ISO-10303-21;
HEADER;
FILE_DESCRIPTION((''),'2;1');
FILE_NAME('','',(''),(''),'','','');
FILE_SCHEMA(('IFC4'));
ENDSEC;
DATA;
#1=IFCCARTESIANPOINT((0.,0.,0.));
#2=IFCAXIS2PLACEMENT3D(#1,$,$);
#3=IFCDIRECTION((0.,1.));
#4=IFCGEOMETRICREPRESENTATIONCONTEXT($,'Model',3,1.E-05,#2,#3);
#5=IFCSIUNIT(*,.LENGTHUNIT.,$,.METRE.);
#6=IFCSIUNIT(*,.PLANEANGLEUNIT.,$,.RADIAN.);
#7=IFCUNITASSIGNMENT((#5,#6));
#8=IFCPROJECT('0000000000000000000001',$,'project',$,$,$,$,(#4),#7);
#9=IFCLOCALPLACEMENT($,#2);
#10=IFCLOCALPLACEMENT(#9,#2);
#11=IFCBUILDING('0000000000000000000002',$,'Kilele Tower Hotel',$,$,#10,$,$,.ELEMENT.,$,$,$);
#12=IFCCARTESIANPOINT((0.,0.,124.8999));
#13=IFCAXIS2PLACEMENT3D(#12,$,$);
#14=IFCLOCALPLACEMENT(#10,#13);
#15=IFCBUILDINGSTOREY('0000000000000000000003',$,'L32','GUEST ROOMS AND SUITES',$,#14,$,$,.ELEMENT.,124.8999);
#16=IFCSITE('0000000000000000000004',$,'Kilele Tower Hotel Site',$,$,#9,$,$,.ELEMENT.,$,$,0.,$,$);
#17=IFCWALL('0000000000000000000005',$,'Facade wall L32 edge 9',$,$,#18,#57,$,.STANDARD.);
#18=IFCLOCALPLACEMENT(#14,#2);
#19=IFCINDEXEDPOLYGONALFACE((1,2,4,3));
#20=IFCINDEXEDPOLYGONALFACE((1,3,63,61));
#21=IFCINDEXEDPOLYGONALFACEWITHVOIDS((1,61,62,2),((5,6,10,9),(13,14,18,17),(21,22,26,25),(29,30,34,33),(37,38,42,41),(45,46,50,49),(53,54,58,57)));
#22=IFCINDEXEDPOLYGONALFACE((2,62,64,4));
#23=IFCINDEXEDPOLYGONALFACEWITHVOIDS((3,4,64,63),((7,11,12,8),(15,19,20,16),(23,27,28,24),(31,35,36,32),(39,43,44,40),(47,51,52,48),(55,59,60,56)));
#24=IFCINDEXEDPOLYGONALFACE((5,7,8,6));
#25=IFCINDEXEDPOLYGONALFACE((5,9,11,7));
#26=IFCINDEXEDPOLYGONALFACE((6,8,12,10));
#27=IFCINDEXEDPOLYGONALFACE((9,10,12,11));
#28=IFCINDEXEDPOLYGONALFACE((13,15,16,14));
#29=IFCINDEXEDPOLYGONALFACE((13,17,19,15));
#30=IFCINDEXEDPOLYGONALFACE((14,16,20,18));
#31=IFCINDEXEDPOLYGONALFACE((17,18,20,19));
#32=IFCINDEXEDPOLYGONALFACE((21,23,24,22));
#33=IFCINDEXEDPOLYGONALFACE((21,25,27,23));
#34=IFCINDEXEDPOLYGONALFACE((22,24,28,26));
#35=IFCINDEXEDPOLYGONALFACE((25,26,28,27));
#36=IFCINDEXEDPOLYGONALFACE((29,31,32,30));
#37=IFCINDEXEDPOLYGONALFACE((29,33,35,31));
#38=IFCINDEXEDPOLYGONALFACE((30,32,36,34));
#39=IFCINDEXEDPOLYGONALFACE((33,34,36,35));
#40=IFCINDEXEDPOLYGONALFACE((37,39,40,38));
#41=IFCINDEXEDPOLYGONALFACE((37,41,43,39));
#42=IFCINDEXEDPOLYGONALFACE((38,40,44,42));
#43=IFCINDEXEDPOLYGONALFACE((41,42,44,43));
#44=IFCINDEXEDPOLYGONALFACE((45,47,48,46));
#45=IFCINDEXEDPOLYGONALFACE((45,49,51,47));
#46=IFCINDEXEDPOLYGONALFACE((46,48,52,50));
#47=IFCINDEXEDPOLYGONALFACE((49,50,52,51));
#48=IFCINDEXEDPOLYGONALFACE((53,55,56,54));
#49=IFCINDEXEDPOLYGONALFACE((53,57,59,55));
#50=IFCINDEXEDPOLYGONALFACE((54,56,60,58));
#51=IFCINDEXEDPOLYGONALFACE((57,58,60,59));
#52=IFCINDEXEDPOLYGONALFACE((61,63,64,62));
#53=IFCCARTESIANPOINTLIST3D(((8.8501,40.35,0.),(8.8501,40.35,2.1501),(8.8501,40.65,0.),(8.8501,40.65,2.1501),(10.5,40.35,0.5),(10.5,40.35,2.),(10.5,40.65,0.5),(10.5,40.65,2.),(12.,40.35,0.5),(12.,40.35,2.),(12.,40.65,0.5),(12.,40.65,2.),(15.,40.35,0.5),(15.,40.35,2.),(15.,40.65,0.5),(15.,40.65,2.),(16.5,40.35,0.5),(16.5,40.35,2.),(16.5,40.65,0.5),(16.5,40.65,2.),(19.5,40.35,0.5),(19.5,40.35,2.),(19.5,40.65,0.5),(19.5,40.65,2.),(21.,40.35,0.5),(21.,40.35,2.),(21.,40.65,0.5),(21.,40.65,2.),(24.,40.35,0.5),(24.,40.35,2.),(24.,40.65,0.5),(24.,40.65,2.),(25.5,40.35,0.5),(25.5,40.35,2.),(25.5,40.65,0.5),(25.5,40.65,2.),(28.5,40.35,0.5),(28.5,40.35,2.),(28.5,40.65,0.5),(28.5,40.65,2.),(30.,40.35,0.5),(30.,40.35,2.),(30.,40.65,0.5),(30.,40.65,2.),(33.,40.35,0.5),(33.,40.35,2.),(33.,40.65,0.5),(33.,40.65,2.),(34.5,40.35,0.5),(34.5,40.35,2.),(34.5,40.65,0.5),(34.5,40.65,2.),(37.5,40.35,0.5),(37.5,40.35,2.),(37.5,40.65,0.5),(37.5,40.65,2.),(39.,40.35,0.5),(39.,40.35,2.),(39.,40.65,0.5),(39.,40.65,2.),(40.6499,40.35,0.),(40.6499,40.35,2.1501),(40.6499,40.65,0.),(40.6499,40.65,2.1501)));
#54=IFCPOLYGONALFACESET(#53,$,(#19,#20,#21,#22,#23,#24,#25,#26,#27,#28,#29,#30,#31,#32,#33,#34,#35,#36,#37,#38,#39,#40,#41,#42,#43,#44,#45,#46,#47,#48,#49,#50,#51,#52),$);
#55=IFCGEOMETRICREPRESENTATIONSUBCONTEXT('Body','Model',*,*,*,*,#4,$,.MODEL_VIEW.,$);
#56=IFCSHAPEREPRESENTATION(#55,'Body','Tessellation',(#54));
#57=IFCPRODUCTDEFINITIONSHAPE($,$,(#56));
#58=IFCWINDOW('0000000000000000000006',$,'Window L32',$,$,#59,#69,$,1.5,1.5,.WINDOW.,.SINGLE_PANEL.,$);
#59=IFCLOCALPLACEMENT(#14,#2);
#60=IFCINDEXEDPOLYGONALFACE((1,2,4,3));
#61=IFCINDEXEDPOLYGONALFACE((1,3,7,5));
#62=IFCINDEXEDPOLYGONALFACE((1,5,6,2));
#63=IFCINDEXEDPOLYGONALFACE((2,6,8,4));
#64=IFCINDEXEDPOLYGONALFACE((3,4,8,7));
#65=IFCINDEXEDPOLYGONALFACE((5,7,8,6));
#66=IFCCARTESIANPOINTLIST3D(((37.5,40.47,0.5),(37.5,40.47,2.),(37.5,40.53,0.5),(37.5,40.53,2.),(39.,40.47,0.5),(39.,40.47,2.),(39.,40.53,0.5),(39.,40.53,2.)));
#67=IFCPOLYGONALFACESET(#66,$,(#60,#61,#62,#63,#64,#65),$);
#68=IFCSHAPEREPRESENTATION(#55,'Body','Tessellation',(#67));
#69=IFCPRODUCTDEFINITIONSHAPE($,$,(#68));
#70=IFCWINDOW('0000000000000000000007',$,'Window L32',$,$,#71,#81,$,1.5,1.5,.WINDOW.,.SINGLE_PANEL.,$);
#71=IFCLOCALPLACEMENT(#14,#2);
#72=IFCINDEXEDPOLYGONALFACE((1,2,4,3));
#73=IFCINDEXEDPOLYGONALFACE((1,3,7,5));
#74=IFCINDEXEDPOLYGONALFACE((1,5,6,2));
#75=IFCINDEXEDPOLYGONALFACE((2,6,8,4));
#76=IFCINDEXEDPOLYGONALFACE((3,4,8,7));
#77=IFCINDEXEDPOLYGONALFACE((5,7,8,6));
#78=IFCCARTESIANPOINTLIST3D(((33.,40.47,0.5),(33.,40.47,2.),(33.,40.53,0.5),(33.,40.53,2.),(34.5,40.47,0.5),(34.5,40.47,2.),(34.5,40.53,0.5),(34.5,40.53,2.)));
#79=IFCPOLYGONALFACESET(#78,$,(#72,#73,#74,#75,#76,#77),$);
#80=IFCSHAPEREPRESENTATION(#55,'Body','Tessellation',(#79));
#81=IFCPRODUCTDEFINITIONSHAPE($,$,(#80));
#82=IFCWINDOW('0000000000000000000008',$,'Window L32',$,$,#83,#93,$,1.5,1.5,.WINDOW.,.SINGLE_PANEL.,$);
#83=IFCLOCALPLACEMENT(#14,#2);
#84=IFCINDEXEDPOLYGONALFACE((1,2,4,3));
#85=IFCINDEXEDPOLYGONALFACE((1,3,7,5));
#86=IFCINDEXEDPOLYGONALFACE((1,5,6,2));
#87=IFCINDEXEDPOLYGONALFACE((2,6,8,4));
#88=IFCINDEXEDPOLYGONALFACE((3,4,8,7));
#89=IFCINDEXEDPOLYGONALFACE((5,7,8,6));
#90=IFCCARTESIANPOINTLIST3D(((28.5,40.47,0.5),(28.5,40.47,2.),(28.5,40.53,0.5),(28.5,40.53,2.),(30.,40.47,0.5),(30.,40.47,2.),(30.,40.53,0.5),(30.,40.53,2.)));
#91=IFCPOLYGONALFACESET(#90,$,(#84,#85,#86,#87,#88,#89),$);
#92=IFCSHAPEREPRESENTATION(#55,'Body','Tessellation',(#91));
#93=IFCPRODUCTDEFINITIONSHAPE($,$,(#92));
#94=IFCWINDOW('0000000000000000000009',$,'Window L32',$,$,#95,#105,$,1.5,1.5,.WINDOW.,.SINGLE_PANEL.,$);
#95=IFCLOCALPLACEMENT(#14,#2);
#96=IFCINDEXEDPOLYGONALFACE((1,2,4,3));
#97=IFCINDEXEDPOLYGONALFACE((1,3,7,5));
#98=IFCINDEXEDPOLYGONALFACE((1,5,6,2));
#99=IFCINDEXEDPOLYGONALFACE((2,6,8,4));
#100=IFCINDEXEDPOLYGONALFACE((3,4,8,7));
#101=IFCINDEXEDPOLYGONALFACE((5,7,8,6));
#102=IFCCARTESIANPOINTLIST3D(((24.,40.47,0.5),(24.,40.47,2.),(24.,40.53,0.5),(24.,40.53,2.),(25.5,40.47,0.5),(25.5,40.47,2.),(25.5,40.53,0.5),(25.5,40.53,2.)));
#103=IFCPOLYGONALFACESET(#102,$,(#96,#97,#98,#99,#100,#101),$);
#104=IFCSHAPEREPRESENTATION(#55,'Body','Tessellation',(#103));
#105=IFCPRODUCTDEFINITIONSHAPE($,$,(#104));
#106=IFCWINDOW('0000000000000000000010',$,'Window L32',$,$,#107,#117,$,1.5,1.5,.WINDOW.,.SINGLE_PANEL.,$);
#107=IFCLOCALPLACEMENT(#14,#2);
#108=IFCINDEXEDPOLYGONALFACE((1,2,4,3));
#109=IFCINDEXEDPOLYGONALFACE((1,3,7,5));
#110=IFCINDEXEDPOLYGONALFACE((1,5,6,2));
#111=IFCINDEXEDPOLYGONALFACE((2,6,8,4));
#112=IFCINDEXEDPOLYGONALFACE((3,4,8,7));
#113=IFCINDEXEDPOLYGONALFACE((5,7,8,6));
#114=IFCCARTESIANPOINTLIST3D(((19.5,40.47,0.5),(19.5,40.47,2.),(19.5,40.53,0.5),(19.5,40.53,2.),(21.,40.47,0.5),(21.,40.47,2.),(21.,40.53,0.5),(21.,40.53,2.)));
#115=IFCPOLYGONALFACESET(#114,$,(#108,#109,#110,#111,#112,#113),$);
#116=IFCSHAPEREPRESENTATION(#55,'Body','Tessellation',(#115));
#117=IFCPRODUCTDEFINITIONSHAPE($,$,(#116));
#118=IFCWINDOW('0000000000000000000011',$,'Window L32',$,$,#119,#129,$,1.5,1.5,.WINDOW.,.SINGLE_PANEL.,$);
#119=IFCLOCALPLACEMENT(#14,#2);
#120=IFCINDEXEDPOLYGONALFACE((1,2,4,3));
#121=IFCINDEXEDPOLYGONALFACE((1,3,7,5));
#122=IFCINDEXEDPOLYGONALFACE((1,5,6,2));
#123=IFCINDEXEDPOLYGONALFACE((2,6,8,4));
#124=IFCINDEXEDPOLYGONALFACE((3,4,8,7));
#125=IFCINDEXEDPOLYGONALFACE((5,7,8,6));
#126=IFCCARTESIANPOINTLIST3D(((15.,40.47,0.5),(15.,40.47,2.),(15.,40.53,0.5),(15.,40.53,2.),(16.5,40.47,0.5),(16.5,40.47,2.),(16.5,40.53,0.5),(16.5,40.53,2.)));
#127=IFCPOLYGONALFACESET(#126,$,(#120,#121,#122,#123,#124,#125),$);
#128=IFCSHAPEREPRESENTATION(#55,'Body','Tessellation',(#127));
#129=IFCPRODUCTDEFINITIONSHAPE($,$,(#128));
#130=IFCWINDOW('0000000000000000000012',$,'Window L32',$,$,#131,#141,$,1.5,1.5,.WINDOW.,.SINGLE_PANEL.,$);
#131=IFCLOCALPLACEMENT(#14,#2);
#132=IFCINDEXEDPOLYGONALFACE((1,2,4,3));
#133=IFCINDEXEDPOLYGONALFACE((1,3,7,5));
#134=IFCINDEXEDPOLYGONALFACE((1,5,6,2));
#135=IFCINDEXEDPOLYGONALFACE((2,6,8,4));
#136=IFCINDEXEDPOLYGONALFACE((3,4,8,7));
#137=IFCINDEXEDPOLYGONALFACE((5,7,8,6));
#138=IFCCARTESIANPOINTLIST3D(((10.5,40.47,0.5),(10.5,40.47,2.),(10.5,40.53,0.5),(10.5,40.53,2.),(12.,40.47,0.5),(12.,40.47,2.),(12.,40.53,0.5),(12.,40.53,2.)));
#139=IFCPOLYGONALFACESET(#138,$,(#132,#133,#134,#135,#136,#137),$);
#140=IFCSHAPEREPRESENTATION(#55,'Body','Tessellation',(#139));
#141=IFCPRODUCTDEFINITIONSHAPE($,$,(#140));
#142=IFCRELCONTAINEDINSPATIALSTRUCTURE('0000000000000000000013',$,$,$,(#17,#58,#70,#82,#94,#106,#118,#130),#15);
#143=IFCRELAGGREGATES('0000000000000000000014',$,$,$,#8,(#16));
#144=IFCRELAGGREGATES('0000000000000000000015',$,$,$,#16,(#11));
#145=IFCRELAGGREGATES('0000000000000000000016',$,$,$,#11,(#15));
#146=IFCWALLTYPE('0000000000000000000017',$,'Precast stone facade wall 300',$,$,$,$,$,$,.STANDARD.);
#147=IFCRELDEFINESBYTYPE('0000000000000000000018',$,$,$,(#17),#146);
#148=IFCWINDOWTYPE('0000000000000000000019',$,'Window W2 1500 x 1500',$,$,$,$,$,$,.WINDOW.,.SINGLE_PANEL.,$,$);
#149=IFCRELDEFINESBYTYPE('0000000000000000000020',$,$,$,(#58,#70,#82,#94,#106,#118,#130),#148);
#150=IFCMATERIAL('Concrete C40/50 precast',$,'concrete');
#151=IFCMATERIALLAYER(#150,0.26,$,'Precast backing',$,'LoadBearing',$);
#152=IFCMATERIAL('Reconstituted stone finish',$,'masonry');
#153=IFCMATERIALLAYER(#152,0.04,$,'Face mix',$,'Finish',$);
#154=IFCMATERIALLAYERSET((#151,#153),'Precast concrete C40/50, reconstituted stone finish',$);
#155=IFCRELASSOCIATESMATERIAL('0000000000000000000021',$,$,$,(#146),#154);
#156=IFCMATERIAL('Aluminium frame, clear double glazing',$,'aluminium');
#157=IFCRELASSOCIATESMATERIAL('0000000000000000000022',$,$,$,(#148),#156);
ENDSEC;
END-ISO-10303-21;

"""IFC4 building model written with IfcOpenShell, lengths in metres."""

from ifc_helpers import new_model, si_unit, direction, frame, frame_2d, origin, place, context, subcontext, project, spatial, rectangle, extrude, material, layer, layer_set, type_object, element, fill, save


model = new_model("IFC4")

# Units and contexts
model_context = context("Model", 3, precision=1e-05, world=origin(), true_north=direction((0.0, 1.0)))
body_context = subcontext(model_context, "Body", "Model", "MODEL_VIEW")
ifc_project = project(units=[si_unit("LENGTHUNIT", "METRE"), si_unit("PLANEANGLEUNIT", "RADIAN")], contexts=[model_context])

# Site, building, storey
site_placement = place(None, origin())
site = spatial("IfcSite", under=ifc_project, at=site_placement, Name="Kilele Tower Hotel Site", CompositionType="ELEMENT", RefElevation=0.0)
building_placement = place(site_placement, origin())
building = spatial("IfcBuilding", under=site, at=building_placement, Name="Kilele Tower Hotel", CompositionType="ELEMENT")
storey_placement = place(building_placement, frame((0.0, 0.0, 124.8999)))
storey = spatial("IfcBuildingStorey", under=building, at=storey_placement, Name="L32", Description="GUEST ROOMS AND SUITES", CompositionType="ELEMENT", Elevation=124.8999)

# Shared definitions
ifc_material_1 = material(Name="Concrete C40/50 precast", Category="concrete")
ifc_layer_1 = layer(ifc_material_1, 0.26, Name="Precast backing", Category="LoadBearing")
ifc_material_2 = material(Name="Reconstituted stone finish", Category="masonry")
ifc_layer_2 = layer(ifc_material_2, 0.04, Name="Face mix", Category="Finish")
ifc_layer_set_1 = layer_set([ifc_layer_1, ifc_layer_2], Name="Precast concrete C40/50, reconstituted stone finish")
wall_type_1 = type_object("IfcWallType", Name="Precast stone facade wall 300", PredefinedType="STANDARD", material=ifc_layer_set_1)
ifc_material_3 = material(Name="Aluminium frame, clear double glazing", Category="aluminium")
window_type_1 = type_object("IfcWindowType", Name="Window W2 1500 x 1500", PartitioningType="SINGLE_PANEL", PredefinedType="WINDOW", material=ifc_material_3)

# Wall, openings, windows
wall_1_placement = place(storey_placement, frame((40.6499, 40.5, 0.0), z_axis=(0.0, 0.0, 1.0), x_axis=(-1.0, 0.0, 0.0)))
wall_1 = element("IfcWall", 1, at=wall_1_placement, inside=storey, type_object=wall_type_1, Name="Facade wall L32 edge 9", PredefinedType="STANDARD", context=body_context, shape_type="SweptSolid", body=[
    extrude(rectangle(XDim=31.7998, YDim=0.3, at=frame_2d((15.8999, 0.0))), origin(), (0.0, 0.0, 1.0), 2.1501),
])
opening_1_placement = place(wall_1_placement, frame((1.6499, 0.0, 0.5)))
opening_1 = element("IfcOpeningElement", 2, at=opening_1_placement, cuts=wall_1, PredefinedType="OPENING", context=body_context, shape_type="SweptSolid", body=[
    extrude(rectangle(XDim=1.5, YDim=1.5, at=frame_2d((0.75, 0.75))), frame((0.0, 0.1599, 0.0), z_axis=(0.0, -1.0, 0.0), x_axis=(1.0, 0.0, 0.0)), (0.0, 0.0, 1.0), 0.3201),
])
opening_2_placement = place(wall_1_placement, frame((6.1499, 0.0, 0.5)))
opening_2 = element("IfcOpeningElement", 3, at=opening_2_placement, cuts=wall_1, PredefinedType="OPENING", context=body_context, shape_type="SweptSolid", body=[
    extrude(rectangle(XDim=1.5, YDim=1.5, at=frame_2d((0.75, 0.75))), frame((0.0, 0.1599, 0.0), z_axis=(0.0, -1.0, 0.0), x_axis=(1.0, 0.0, 0.0)), (0.0, 0.0, 1.0), 0.3201),
])
opening_3_placement = place(wall_1_placement, frame((10.6499, 0.0, 0.5)))
opening_3 = element("IfcOpeningElement", 4, at=opening_3_placement, cuts=wall_1, PredefinedType="OPENING", context=body_context, shape_type="SweptSolid", body=[
    extrude(rectangle(XDim=1.5, YDim=1.5, at=frame_2d((0.75, 0.75))), frame((0.0, 0.1599, 0.0), z_axis=(0.0, -1.0, 0.0), x_axis=(1.0, 0.0, 0.0)), (0.0, 0.0, 1.0), 0.3201),
])
opening_4_placement = place(wall_1_placement, frame((15.1499, 0.0, 0.5)))
opening_4 = element("IfcOpeningElement", 5, at=opening_4_placement, cuts=wall_1, PredefinedType="OPENING", context=body_context, shape_type="SweptSolid", body=[
    extrude(rectangle(XDim=1.5, YDim=1.5, at=frame_2d((0.75, 0.75))), frame((0.0, 0.1599, 0.0), z_axis=(0.0, -1.0, 0.0), x_axis=(1.0, 0.0, 0.0)), (0.0, 0.0, 1.0), 0.3201),
])
opening_5_placement = place(wall_1_placement, frame((19.6499, 0.0, 0.5)))
opening_5 = element("IfcOpeningElement", 6, at=opening_5_placement, cuts=wall_1, PredefinedType="OPENING", context=body_context, shape_type="SweptSolid", body=[
    extrude(rectangle(XDim=1.5, YDim=1.5, at=frame_2d((0.75, 0.75))), frame((0.0, 0.1599, 0.0), z_axis=(0.0, -1.0, 0.0), x_axis=(1.0, 0.0, 0.0)), (0.0, 0.0, 1.0), 0.3201),
])
opening_6_placement = place(wall_1_placement, frame((24.1499, 0.0, 0.5)))
opening_6 = element("IfcOpeningElement", 7, at=opening_6_placement, cuts=wall_1, PredefinedType="OPENING", context=body_context, shape_type="SweptSolid", body=[
    extrude(rectangle(XDim=1.5, YDim=1.5, at=frame_2d((0.75, 0.75))), frame((0.0, 0.1599, 0.0), z_axis=(0.0, -1.0, 0.0), x_axis=(1.0, 0.0, 0.0)), (0.0, 0.0, 1.0), 0.3201),
])
opening_7_placement = place(wall_1_placement, frame((28.6499, 0.0, 0.5)))
opening_7 = element("IfcOpeningElement", 8, at=opening_7_placement, cuts=wall_1, PredefinedType="OPENING", context=body_context, shape_type="SweptSolid", body=[
    extrude(rectangle(XDim=1.5, YDim=1.5, at=frame_2d((0.75, 0.75))), frame((0.0, 0.1599, 0.0), z_axis=(0.0, -1.0, 0.0), x_axis=(1.0, 0.0, 0.0)), (0.0, 0.0, 1.0), 0.3201),
])
window_1_placement = place(opening_1_placement, origin())
window_1 = element("IfcWindow", 9, at=window_1_placement, inside=storey, type_object=window_type_1, Name="Window L32", OverallHeight=1.5, OverallWidth=1.5, PartitioningType="SINGLE_PANEL", PredefinedType="WINDOW", context=body_context, shape_type="SweptSolid", body=[
    extrude(rectangle(XDim=1.5, YDim=1.5, at=frame_2d((0.75, 0.75))), frame((0.0, 0.03, 0.0), z_axis=(0.0, -1.0, 0.0), x_axis=(1.0, 0.0, 0.0)), (0.0, 0.0, 1.0), 0.0601),
])
fill(opening_1, window_1)
window_2_placement = place(opening_2_placement, origin())
window_2 = element("IfcWindow", 10, at=window_2_placement, inside=storey, type_object=window_type_1, Name="Window L32", OverallHeight=1.5, OverallWidth=1.5, PartitioningType="SINGLE_PANEL", PredefinedType="WINDOW", context=body_context, shape_type="SweptSolid", body=[
    extrude(rectangle(XDim=1.5, YDim=1.5, at=frame_2d((0.75, 0.75))), frame((0.0, 0.03, 0.0), z_axis=(0.0, -1.0, 0.0), x_axis=(1.0, 0.0, 0.0)), (0.0, 0.0, 1.0), 0.0601),
])
fill(opening_2, window_2)
window_3_placement = place(opening_3_placement, origin())
window_3 = element("IfcWindow", 11, at=window_3_placement, inside=storey, type_object=window_type_1, Name="Window L32", OverallHeight=1.5, OverallWidth=1.5, PartitioningType="SINGLE_PANEL", PredefinedType="WINDOW", context=body_context, shape_type="SweptSolid", body=[
    extrude(rectangle(XDim=1.5, YDim=1.5, at=frame_2d((0.75, 0.75))), frame((0.0, 0.03, 0.0), z_axis=(0.0, -1.0, 0.0), x_axis=(1.0, 0.0, 0.0)), (0.0, 0.0, 1.0), 0.0601),
])
fill(opening_3, window_3)
window_4_placement = place(opening_4_placement, origin())
window_4 = element("IfcWindow", 12, at=window_4_placement, inside=storey, type_object=window_type_1, Name="Window L32", OverallHeight=1.5, OverallWidth=1.5, PartitioningType="SINGLE_PANEL", PredefinedType="WINDOW", context=body_context, shape_type="SweptSolid", body=[
    extrude(rectangle(XDim=1.5, YDim=1.5, at=frame_2d((0.75, 0.75))), frame((0.0, 0.03, 0.0), z_axis=(0.0, -1.0, 0.0), x_axis=(1.0, 0.0, 0.0)), (0.0, 0.0, 1.0), 0.0601),
])
fill(opening_4, window_4)
window_5_placement = place(opening_5_placement, origin())
window_5 = element("IfcWindow", 13, at=window_5_placement, inside=storey, type_object=window_type_1, Name="Window L32", OverallHeight=1.5, OverallWidth=1.5, PartitioningType="SINGLE_PANEL", PredefinedType="WINDOW", context=body_context, shape_type="SweptSolid", body=[
    extrude(rectangle(XDim=1.5, YDim=1.5, at=frame_2d((0.75, 0.75))), frame((0.0, 0.03, 0.0), z_axis=(0.0, -1.0, 0.0), x_axis=(1.0, 0.0, 0.0)), (0.0, 0.0, 1.0), 0.0601),
])
fill(opening_5, window_5)
window_6_placement = place(opening_6_placement, origin())
window_6 = element("IfcWindow", 14, at=window_6_placement, inside=storey, type_object=window_type_1, Name="Window L32", OverallHeight=1.5, OverallWidth=1.5, PartitioningType="SINGLE_PANEL", PredefinedType="WINDOW", context=body_context, shape_type="SweptSolid", body=[
    extrude(rectangle(XDim=1.5, YDim=1.5, at=frame_2d((0.75, 0.75))), frame((0.0, 0.03, 0.0), z_axis=(0.0, -1.0, 0.0), x_axis=(1.0, 0.0, 0.0)), (0.0, 0.0, 1.0), 0.0601),
])
fill(opening_6, window_6)
window_7_placement = place(opening_7_placement, origin())
window_7 = element("IfcWindow", 15, at=window_7_placement, inside=storey, type_object=window_type_1, Name="Window L32", OverallHeight=1.5, OverallWidth=1.5, PartitioningType="SINGLE_PANEL", PredefinedType="WINDOW", context=body_context, shape_type="SweptSolid", body=[
    extrude(rectangle(XDim=1.5, YDim=1.5, at=frame_2d((0.75, 0.75))), frame((0.0, 0.03, 0.0), z_axis=(0.0, -1.0, 0.0), x_axis=(1.0, 0.0, 0.0)), (0.0, 0.0, 1.0), 0.0601),
])
fill(opening_7, window_7)

save(model, "model.ifc")
